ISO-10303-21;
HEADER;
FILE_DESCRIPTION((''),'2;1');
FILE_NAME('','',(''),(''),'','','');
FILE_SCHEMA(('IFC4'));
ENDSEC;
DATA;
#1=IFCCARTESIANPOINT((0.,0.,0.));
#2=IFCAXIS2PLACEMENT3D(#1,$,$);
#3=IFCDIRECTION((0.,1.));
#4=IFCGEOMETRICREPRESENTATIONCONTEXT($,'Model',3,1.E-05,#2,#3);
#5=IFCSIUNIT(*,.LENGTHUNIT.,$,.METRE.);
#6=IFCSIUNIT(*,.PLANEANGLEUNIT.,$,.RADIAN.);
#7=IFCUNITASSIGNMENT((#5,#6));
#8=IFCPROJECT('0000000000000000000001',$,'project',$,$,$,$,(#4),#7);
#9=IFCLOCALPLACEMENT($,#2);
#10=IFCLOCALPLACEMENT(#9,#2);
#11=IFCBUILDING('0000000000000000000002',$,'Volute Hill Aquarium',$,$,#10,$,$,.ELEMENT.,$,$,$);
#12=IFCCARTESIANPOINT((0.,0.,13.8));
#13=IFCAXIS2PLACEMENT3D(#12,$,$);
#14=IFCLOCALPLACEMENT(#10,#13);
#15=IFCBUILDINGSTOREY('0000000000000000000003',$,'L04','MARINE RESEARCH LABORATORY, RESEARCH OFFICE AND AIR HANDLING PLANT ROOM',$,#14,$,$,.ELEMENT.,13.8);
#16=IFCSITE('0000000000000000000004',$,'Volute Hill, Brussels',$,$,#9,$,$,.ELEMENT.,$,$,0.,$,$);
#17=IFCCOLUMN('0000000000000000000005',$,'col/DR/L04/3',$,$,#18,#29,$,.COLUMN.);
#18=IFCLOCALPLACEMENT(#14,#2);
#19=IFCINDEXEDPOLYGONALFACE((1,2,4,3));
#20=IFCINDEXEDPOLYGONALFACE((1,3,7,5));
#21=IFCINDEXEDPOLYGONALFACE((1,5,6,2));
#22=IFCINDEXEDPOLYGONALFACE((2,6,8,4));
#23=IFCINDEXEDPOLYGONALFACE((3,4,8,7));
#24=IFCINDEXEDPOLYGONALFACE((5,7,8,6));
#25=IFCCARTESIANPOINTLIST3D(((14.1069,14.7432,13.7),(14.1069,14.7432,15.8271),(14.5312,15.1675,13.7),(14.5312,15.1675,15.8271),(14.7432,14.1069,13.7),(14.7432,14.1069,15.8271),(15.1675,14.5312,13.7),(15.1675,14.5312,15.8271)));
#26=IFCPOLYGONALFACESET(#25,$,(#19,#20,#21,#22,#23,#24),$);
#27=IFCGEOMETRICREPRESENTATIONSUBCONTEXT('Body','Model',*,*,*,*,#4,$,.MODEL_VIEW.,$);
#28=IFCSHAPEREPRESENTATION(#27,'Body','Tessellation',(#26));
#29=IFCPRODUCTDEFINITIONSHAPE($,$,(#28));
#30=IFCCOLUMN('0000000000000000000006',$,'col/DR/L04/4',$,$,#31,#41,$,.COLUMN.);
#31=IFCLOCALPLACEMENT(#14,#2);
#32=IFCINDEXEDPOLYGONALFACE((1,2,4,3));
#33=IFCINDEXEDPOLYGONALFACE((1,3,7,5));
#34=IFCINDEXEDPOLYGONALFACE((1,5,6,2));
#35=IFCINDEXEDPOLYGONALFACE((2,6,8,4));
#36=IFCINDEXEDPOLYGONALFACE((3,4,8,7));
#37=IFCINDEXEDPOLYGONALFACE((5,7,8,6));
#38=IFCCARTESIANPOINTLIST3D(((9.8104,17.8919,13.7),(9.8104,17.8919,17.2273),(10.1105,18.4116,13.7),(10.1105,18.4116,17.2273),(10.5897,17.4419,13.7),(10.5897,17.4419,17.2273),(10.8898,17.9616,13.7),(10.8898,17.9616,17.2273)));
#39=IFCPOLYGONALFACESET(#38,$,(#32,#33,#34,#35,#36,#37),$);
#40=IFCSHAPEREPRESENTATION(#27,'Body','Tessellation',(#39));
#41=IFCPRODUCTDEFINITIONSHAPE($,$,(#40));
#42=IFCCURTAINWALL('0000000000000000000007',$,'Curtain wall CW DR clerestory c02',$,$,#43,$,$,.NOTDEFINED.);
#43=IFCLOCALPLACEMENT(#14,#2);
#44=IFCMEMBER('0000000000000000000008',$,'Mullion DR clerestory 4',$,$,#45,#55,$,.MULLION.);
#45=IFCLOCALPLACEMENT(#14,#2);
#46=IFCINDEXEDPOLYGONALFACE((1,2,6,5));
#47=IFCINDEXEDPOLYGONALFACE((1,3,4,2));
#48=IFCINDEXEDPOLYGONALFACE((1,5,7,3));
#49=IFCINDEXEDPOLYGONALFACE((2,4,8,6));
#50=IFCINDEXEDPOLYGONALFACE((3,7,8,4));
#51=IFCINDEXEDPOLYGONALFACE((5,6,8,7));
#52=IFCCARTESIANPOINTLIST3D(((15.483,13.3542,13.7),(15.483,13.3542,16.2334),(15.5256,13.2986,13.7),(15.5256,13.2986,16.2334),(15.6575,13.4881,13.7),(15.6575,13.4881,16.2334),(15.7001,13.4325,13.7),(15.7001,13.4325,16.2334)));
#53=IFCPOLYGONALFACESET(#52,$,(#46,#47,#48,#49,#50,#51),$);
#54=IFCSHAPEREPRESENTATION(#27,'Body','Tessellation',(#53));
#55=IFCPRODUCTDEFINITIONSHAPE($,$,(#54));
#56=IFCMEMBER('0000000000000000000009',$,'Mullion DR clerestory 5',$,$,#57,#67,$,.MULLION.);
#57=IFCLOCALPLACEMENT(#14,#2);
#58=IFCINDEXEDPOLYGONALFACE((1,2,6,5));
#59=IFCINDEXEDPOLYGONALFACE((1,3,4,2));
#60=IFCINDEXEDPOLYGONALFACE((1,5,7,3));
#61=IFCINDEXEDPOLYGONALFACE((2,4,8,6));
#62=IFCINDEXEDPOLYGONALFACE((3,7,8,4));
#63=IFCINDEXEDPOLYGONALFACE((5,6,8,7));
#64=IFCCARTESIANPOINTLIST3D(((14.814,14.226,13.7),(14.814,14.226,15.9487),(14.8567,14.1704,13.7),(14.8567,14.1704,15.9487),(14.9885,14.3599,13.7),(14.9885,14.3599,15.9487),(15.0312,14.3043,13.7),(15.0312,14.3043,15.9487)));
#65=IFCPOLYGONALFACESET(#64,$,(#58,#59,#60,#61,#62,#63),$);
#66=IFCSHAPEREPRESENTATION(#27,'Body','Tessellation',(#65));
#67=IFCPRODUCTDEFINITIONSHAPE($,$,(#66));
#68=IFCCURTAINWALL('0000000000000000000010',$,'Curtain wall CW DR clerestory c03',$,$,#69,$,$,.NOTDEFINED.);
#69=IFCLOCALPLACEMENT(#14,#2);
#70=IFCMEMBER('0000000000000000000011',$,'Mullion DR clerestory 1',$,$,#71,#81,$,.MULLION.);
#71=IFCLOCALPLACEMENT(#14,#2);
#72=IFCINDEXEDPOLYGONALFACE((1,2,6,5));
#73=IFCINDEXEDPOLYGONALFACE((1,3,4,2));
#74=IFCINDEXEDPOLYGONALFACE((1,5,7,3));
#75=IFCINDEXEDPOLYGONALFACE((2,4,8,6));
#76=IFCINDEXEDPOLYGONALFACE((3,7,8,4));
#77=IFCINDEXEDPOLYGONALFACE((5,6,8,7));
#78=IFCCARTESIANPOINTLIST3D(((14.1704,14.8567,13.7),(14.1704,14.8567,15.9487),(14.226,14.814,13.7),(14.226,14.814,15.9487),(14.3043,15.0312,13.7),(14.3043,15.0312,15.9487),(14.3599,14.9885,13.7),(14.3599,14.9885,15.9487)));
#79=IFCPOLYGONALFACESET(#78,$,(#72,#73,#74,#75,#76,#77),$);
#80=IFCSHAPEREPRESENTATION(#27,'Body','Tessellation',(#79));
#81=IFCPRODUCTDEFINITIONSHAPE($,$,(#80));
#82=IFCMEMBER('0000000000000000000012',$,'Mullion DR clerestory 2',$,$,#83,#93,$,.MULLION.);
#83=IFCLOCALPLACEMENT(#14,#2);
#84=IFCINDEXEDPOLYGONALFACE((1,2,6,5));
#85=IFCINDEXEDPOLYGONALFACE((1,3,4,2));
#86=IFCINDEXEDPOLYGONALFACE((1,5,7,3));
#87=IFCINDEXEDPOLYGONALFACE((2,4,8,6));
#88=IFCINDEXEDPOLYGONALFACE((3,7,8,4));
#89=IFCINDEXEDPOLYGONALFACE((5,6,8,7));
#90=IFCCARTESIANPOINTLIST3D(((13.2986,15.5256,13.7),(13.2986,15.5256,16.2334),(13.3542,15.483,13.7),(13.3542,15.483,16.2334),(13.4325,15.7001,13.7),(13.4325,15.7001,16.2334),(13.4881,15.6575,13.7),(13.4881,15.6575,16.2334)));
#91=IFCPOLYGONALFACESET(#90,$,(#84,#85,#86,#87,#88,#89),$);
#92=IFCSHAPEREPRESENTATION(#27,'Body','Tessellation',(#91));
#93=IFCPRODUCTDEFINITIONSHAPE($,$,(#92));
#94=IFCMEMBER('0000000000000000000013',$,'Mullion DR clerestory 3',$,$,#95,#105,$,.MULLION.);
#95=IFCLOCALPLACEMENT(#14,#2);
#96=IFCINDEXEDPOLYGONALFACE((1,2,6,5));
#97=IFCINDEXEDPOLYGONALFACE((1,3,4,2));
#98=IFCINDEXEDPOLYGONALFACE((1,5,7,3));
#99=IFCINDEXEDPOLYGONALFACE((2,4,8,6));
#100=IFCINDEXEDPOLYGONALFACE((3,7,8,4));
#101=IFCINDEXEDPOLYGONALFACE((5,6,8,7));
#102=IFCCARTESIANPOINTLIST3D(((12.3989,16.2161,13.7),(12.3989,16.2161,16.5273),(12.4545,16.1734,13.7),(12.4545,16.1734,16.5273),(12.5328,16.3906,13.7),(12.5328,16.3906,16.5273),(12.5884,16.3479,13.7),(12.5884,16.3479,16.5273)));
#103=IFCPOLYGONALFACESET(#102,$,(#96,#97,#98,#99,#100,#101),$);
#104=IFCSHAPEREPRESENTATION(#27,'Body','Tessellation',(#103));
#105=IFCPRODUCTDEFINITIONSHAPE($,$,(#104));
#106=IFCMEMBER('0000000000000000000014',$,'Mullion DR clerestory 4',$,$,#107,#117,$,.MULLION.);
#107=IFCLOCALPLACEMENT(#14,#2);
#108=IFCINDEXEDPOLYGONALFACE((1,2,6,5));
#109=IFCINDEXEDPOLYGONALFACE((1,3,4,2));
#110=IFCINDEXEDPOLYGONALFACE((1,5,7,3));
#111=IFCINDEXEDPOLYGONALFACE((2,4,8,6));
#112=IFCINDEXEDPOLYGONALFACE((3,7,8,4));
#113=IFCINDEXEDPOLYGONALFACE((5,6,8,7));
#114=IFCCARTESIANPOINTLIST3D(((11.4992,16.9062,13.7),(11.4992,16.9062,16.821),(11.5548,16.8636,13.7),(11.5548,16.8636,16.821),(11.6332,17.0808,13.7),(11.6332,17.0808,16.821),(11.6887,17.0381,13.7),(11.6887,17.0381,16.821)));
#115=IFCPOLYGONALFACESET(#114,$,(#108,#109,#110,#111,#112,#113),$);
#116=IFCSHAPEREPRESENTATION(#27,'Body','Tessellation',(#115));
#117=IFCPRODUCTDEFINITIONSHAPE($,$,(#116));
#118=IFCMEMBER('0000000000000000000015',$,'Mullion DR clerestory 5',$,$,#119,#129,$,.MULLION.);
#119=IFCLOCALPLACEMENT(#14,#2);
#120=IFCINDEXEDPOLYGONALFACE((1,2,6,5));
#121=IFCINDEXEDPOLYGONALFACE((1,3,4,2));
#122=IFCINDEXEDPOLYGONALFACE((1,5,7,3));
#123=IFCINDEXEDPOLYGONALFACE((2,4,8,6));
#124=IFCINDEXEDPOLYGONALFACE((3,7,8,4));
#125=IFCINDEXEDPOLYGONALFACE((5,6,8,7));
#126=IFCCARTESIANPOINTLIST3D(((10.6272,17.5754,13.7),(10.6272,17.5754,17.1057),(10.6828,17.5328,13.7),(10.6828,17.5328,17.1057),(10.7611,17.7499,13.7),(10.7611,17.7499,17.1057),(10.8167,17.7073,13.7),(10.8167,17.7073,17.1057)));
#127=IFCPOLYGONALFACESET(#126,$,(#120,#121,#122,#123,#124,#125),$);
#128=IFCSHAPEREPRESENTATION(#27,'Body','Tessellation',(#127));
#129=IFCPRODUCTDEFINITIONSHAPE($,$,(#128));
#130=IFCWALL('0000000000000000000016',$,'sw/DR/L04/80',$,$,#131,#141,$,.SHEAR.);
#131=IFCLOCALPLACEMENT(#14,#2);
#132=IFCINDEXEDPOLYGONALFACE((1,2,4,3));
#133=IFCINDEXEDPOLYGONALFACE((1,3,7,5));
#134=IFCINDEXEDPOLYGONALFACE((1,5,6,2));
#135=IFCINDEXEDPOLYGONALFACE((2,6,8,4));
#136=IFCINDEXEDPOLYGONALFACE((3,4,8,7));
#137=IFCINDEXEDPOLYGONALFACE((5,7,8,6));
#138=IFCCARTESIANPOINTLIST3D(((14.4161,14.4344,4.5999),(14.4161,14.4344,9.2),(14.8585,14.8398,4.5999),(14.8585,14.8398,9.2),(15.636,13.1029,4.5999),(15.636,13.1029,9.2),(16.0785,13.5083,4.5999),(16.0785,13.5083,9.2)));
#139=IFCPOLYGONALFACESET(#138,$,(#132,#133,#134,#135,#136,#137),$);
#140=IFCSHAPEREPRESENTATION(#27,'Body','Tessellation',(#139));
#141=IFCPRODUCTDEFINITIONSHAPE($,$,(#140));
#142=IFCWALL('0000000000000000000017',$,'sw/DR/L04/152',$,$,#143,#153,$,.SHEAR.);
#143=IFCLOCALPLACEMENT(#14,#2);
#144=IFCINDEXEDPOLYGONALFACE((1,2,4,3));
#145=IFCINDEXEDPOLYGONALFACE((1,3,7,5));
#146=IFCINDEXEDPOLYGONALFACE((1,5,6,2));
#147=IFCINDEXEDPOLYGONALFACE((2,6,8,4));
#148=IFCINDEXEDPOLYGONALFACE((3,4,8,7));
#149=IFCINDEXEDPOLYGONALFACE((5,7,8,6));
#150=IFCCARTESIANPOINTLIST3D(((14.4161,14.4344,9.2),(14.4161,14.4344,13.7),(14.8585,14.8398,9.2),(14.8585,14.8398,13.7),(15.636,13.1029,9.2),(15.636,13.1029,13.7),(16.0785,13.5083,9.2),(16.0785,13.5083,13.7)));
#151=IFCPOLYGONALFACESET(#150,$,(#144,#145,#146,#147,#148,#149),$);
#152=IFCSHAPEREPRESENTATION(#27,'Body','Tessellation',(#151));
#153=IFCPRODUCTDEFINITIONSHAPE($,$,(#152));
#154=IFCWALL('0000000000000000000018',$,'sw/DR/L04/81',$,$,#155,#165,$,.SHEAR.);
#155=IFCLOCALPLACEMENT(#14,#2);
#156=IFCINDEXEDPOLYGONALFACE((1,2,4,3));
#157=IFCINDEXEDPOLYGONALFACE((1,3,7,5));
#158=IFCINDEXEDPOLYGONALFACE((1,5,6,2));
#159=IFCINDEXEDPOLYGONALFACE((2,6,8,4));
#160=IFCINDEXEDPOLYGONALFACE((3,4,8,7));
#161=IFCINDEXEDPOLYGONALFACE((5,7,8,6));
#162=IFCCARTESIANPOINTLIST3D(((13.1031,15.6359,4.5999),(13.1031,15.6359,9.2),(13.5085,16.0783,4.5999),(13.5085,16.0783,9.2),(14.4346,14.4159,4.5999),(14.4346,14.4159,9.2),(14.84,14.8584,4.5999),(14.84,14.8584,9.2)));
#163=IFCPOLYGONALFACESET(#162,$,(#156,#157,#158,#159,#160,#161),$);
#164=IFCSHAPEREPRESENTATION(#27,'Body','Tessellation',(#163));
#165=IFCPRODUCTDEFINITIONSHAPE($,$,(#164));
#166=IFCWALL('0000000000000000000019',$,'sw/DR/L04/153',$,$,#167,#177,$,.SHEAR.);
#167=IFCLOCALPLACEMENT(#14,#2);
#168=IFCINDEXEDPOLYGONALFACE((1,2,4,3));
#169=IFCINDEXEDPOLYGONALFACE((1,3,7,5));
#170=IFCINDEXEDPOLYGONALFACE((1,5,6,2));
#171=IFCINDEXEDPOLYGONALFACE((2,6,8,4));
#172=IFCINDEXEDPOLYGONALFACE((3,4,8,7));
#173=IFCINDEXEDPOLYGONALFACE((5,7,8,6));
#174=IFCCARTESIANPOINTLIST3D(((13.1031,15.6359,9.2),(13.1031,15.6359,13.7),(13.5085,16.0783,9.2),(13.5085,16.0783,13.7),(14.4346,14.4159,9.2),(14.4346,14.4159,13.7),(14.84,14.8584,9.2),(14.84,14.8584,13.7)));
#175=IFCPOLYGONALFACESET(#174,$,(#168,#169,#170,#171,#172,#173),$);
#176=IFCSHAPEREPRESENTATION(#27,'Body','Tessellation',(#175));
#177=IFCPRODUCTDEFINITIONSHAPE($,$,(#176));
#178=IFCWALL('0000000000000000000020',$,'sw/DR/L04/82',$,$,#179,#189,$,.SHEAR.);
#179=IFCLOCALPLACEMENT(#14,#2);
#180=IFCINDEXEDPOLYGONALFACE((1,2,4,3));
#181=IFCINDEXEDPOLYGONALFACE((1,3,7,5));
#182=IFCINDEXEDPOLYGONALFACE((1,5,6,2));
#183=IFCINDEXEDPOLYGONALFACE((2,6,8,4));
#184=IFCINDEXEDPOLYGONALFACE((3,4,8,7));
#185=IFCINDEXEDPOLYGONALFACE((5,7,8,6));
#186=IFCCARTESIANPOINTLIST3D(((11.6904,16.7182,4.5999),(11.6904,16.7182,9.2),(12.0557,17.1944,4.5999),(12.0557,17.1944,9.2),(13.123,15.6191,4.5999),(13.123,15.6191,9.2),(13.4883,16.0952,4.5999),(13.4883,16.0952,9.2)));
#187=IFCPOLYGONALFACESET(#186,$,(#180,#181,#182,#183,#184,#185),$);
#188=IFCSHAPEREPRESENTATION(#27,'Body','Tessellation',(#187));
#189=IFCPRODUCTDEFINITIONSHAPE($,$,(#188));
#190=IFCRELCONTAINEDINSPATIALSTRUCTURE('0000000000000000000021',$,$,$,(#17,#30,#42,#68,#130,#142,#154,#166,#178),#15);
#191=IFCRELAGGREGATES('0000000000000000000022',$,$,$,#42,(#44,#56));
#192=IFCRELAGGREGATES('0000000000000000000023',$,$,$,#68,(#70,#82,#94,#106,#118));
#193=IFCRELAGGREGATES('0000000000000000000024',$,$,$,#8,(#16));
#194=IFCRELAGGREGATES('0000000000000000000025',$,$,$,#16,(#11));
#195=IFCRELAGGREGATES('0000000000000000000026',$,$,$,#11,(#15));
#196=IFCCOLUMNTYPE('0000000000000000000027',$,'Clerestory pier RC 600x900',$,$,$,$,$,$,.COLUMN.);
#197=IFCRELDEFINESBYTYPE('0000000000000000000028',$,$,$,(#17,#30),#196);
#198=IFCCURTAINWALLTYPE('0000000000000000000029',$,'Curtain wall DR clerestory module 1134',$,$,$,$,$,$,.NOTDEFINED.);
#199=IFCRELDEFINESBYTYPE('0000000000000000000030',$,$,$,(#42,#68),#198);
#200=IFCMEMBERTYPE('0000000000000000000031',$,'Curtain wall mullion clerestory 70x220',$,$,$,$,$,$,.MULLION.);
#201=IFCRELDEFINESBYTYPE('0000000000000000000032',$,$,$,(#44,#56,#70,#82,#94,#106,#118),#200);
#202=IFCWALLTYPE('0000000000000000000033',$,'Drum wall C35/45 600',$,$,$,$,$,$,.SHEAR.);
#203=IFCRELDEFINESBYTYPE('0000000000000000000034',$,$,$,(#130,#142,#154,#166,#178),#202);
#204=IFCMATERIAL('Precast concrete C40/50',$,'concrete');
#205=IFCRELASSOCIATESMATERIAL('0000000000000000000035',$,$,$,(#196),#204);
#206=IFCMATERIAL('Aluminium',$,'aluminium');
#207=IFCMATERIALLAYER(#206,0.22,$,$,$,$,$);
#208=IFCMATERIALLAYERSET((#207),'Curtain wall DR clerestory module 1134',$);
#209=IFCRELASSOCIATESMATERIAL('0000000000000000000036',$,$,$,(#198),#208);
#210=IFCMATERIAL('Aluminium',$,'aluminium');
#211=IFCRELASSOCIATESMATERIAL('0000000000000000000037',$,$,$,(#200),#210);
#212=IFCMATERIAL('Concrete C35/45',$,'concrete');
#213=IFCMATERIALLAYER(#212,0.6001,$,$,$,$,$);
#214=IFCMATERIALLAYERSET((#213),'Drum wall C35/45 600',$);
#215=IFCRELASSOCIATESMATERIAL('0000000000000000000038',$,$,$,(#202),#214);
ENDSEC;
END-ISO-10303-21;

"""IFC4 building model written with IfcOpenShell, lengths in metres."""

from ifc_helpers import new_model, si_unit, direction, frame, frame_2d, origin, origin_2d, place, context, subcontext, project, spatial, rectangle, extrude, material, layer, layer_set, material_profile, profile_set, type_object, element, aggregate, save


model = new_model("IFC4")

# Units and contexts
model_context = context("Model", 3, precision=1e-05, world=origin(), true_north=direction((0.0, 1.0)))
body_context = subcontext(model_context, "Body", "Model", "MODEL_VIEW")
ifc_project = project(units=[si_unit("LENGTHUNIT", "METRE"), si_unit("PLANEANGLEUNIT", "RADIAN")], contexts=[model_context])

# Site, building, storey
site_placement = place(None, origin())
site = spatial("IfcSite", under=ifc_project, at=site_placement, Name="Volute Hill, Brussels", CompositionType="ELEMENT", RefElevation=0.0)
building_placement = place(site_placement, origin())
building = spatial("IfcBuilding", under=site, at=building_placement, Name="Volute Hill Aquarium", CompositionType="ELEMENT")
storey_placement = place(building_placement, frame((0.0, 0.0, 13.8)))
storey = spatial("IfcBuildingStorey", under=building, at=storey_placement, Name="L04", Description="MARINE RESEARCH LABORATORY, RESEARCH OFFICE AND AIR HANDLING PLANT ROOM", CompositionType="ELEMENT", Elevation=13.8)

# Columns
ifc_material_1 = material(Name="Precast concrete C40/50", Category="concrete")
ifc_material_profile_1 = material_profile(ifc_material_1, rectangle(XDim=0.6001, YDim=0.8999, at=origin_2d()), Name="RC pier 600x900")
ifc_profile_set_1 = profile_set([ifc_material_profile_1], Name="Precast concrete C40/50")
column_type = type_object("IfcColumnType", Name="Clerestory pier RC 600x900", PredefinedType="COLUMN", material=ifc_profile_set_1)
column_1_placement = place(storey_placement, frame((14.6372, 14.6372, 13.7), z_axis=(0.0, 0.0, 1.0), x_axis=(0.707107, 0.707107, 0.0)))
element("IfcColumn", 1, at=column_1_placement, inside=storey, type_object=column_type, Name="col/DR/L04/3", PredefinedType="COLUMN", context=body_context, shape_type="SweptSolid", body=[
    extrude(rectangle(XDim=0.6001, YDim=0.8999, at=origin_2d()), origin(), (0.0, 0.0, 1.0), 2.1272),
])
column_2_placement = place(storey_placement, frame((10.3501, 17.9268, 13.7), z_axis=(0.0, 0.0, 1.0), x_axis=(0.5, 0.866025, 0.0)))
element("IfcColumn", 2, at=column_2_placement, inside=storey, type_object=column_type, Name="col/DR/L04/4", PredefinedType="COLUMN", context=body_context, shape_type="SweptSolid", body=[
    extrude(rectangle(XDim=0.6001, YDim=0.8999, at=origin_2d()), origin(), (0.0, 0.0, 1.0), 3.5273),
])

# Curtain walls, members
ifc_material_2 = material(Name="Aluminium", Category="aluminium")
ifc_layer_1 = layer(ifc_material_2, 0.22)
ifc_layer_set_1 = layer_set([ifc_layer_1], Name="Curtain wall DR clerestory module 1134")
curtain_wall_type = type_object("IfcCurtainWallType", Name="Curtain wall DR clerestory module 1134", PredefinedType="NOTDEFINED", material=ifc_layer_set_1)
curtain_wall_1_placement = place(storey_placement, origin())
curtain_wall_1 = element("IfcCurtainWall", 3, at=curtain_wall_1_placement, inside=storey, type_object=curtain_wall_type, Name="Curtain wall CW DR clerestory c02", PredefinedType="NOTDEFINED")
ifc_material_3 = material(Name="Aluminium", Category="aluminium")
ifc_material_profile_2 = material_profile(ifc_material_3, rectangle(XDim=0.22, YDim=0.0701, at=origin_2d()), Name="Curtain wall mullion clerestory 70x220")
ifc_profile_set_2 = profile_set([ifc_material_profile_2], Name="Aluminium")
member_type = type_object("IfcMemberType", Name="Curtain wall mullion clerestory 70x220", PredefinedType="MULLION", material=ifc_profile_set_2)
member_1_placement = place(storey_placement, frame((15.5916, 13.3933, 13.7), z_axis=(0.0, 0.0, 1.0), x_axis=(-0.793354, -0.608761, 0.0)))
member_1 = element("IfcMember", 4, at=member_1_placement, type_object=member_type, Name="Mullion DR clerestory 4", PredefinedType="MULLION", context=body_context, shape_type="SweptSolid", body=[
    extrude(rectangle(XDim=0.22, YDim=0.0701, at=origin_2d()), origin(), (0.0, 0.0, 1.0), 2.5334),
])
member_2_placement = place(storey_placement, frame((14.9226, 14.2651, 13.7), z_axis=(0.0, 0.0, 1.0), x_axis=(-0.793354, -0.608761, 0.0)))
member_2 = element("IfcMember", 5, at=member_2_placement, type_object=member_type, Name="Mullion DR clerestory 5", PredefinedType="MULLION", context=body_context, shape_type="SweptSolid", body=[
    extrude(rectangle(XDim=0.22, YDim=0.0701, at=origin_2d()), origin(), (0.0, 0.0, 1.0), 2.2488),
])
aggregate(curtain_wall_1, [member_1, member_2])
curtain_wall_2_placement = place(storey_placement, origin())
curtain_wall_2 = element("IfcCurtainWall", 6, at=curtain_wall_2_placement, inside=storey, type_object=curtain_wall_type, Name="Curtain wall CW DR clerestory c03", PredefinedType="NOTDEFINED")
member_3_placement = place(storey_placement, frame((14.2651, 14.9226, 13.7), z_axis=(0.0, 0.0, 1.0), x_axis=(-0.608761, -0.793354, 0.0)))
member_3 = element("IfcMember", 7, at=member_3_placement, type_object=member_type, Name="Mullion DR clerestory 1", PredefinedType="MULLION", context=body_context, shape_type="SweptSolid", body=[
    extrude(rectangle(XDim=0.22, YDim=0.0701, at=origin_2d()), origin(), (0.0, 0.0, 1.0), 2.2488),
])
member_4_placement = place(storey_placement, frame((13.3933, 15.5916, 13.7), z_axis=(0.0, 0.0, 1.0), x_axis=(-0.608761, -0.793354, 0.0)))
member_4 = element("IfcMember", 8, at=member_4_placement, type_object=member_type, Name="Mullion DR clerestory 2", PredefinedType="MULLION", context=body_context, shape_type="SweptSolid", body=[
    extrude(rectangle(XDim=0.22, YDim=0.0701, at=origin_2d()), origin(), (0.0, 0.0, 1.0), 2.5334),
])
member_5_placement = place(storey_placement, frame((12.4937, 16.282, 13.7), z_axis=(0.0, 0.0, 1.0), x_axis=(-0.608761, -0.793354, 0.0)))
member_5 = element("IfcMember", 9, at=member_5_placement, type_object=member_type, Name="Mullion DR clerestory 3", PredefinedType="MULLION", context=body_context, shape_type="SweptSolid", body=[
    extrude(rectangle(XDim=0.22, YDim=0.0701, at=origin_2d()), origin(), (0.0, 0.0, 1.0), 2.8274),
])
member_6_placement = place(storey_placement, frame((11.594, 16.9722, 13.7), z_axis=(0.0, 0.0, 1.0), x_axis=(-0.608761, -0.793354, 0.0)))
member_6 = element("IfcMember", 10, at=member_6_placement, type_object=member_type, Name="Mullion DR clerestory 4", PredefinedType="MULLION", context=body_context, shape_type="SweptSolid", body=[
    extrude(rectangle(XDim=0.22, YDim=0.0701, at=origin_2d()), origin(), (0.0, 0.0, 1.0), 3.1211),
])
member_7_placement = place(storey_placement, frame((10.7219, 17.6414, 13.7), z_axis=(0.0, 0.0, 1.0), x_axis=(-0.608761, -0.793354, 0.0)))
member_7 = element("IfcMember", 11, at=member_7_placement, type_object=member_type, Name="Mullion DR clerestory 5", PredefinedType="MULLION", context=body_context, shape_type="SweptSolid", body=[
    extrude(rectangle(XDim=0.22, YDim=0.0701, at=origin_2d()), origin(), (0.0, 0.0, 1.0), 3.4058),
])
aggregate(curtain_wall_2, [member_3, member_4, member_5, member_6, member_7])

# Walls
ifc_material_4 = material(Name="Concrete C35/45", Category="concrete")
ifc_layer_2 = layer(ifc_material_4, 0.6001)
ifc_layer_set_2 = layer_set([ifc_layer_2], Name="Drum wall C35/45 600")
wall_type = type_object("IfcWallType", Name="Drum wall C35/45 600", PredefinedType="SHEAR", material=ifc_layer_set_2)
wall_1_placement = place(storey_placement, frame((15.8572, 13.3057, 4.5999), z_axis=(0.0, 0.0, 1.0), x_axis=(-0.675541, 0.737322, 0.0)))
element("IfcWall", 12, at=wall_1_placement, inside=storey, type_object=wall_type, Name="sw/DR/L04/80", PredefinedType="SHEAR", context=body_context, shape_type="SweptSolid", body=[
    extrude(rectangle(XDim=1.8059, YDim=0.6001, at=frame_2d((0.9028, 0.0))), origin(), (0.0, 0.0, 1.0), 4.6001),
])
wall_2_placement = place(storey_placement, frame((15.8572, 13.3057, 9.2), z_axis=(0.0, 0.0, 1.0), x_axis=(-0.675541, 0.737322, 0.0)))
element("IfcWall", 13, at=wall_2_placement, inside=storey, type_object=wall_type, Name="sw/DR/L04/152", PredefinedType="SHEAR", context=body_context, shape_type="SweptSolid", body=[
    extrude(rectangle(XDim=1.8059, YDim=0.6001, at=frame_2d((0.9028, 0.0))), origin(), (0.0, 0.0, 1.0), 4.5),
])
wall_3_placement = place(storey_placement, frame((14.6372, 14.6372, 4.5999), z_axis=(0.0, 0.0, 1.0), x_axis=(-0.737322, 0.675541, 0.0)))
element("IfcWall", 14, at=wall_3_placement, inside=storey, type_object=wall_type, Name="sw/DR/L04/81", PredefinedType="SHEAR", context=body_context, shape_type="SweptSolid", body=[
    extrude(rectangle(XDim=1.8059, YDim=0.6001, at=frame_2d((0.9028, 0.0))), origin(), (0.0, 0.0, 1.0), 4.6001),
])
wall_4_placement = place(storey_placement, frame((14.6372, 14.6372, 9.2), z_axis=(0.0, 0.0, 1.0), x_axis=(-0.737322, 0.675541, 0.0)))
element("IfcWall", 15, at=wall_4_placement, inside=storey, type_object=wall_type, Name="sw/DR/L04/153", PredefinedType="SHEAR", context=body_context, shape_type="SweptSolid", body=[
    extrude(rectangle(XDim=1.8059, YDim=0.6001, at=frame_2d((0.9028, 0.0))), origin(), (0.0, 0.0, 1.0), 4.5),
])
wall_5_placement = place(storey_placement, frame((13.3057, 15.8572, 4.5999), z_axis=(0.0, 0.0, 1.0), x_axis=(-0.793397, 0.608704, 0.0)))
element("IfcWall", 16, at=wall_5_placement, inside=storey, type_object=wall_type, Name="sw/DR/L04/82", PredefinedType="SHEAR", context=body_context, shape_type="SweptSolid", body=[
    extrude(rectangle(XDim=1.8057, YDim=0.6001, at=frame_2d((0.9028, 0.0))), origin(), (0.0, 0.0, 1.0), 4.6001),
])

save(model, "model.ifc")
